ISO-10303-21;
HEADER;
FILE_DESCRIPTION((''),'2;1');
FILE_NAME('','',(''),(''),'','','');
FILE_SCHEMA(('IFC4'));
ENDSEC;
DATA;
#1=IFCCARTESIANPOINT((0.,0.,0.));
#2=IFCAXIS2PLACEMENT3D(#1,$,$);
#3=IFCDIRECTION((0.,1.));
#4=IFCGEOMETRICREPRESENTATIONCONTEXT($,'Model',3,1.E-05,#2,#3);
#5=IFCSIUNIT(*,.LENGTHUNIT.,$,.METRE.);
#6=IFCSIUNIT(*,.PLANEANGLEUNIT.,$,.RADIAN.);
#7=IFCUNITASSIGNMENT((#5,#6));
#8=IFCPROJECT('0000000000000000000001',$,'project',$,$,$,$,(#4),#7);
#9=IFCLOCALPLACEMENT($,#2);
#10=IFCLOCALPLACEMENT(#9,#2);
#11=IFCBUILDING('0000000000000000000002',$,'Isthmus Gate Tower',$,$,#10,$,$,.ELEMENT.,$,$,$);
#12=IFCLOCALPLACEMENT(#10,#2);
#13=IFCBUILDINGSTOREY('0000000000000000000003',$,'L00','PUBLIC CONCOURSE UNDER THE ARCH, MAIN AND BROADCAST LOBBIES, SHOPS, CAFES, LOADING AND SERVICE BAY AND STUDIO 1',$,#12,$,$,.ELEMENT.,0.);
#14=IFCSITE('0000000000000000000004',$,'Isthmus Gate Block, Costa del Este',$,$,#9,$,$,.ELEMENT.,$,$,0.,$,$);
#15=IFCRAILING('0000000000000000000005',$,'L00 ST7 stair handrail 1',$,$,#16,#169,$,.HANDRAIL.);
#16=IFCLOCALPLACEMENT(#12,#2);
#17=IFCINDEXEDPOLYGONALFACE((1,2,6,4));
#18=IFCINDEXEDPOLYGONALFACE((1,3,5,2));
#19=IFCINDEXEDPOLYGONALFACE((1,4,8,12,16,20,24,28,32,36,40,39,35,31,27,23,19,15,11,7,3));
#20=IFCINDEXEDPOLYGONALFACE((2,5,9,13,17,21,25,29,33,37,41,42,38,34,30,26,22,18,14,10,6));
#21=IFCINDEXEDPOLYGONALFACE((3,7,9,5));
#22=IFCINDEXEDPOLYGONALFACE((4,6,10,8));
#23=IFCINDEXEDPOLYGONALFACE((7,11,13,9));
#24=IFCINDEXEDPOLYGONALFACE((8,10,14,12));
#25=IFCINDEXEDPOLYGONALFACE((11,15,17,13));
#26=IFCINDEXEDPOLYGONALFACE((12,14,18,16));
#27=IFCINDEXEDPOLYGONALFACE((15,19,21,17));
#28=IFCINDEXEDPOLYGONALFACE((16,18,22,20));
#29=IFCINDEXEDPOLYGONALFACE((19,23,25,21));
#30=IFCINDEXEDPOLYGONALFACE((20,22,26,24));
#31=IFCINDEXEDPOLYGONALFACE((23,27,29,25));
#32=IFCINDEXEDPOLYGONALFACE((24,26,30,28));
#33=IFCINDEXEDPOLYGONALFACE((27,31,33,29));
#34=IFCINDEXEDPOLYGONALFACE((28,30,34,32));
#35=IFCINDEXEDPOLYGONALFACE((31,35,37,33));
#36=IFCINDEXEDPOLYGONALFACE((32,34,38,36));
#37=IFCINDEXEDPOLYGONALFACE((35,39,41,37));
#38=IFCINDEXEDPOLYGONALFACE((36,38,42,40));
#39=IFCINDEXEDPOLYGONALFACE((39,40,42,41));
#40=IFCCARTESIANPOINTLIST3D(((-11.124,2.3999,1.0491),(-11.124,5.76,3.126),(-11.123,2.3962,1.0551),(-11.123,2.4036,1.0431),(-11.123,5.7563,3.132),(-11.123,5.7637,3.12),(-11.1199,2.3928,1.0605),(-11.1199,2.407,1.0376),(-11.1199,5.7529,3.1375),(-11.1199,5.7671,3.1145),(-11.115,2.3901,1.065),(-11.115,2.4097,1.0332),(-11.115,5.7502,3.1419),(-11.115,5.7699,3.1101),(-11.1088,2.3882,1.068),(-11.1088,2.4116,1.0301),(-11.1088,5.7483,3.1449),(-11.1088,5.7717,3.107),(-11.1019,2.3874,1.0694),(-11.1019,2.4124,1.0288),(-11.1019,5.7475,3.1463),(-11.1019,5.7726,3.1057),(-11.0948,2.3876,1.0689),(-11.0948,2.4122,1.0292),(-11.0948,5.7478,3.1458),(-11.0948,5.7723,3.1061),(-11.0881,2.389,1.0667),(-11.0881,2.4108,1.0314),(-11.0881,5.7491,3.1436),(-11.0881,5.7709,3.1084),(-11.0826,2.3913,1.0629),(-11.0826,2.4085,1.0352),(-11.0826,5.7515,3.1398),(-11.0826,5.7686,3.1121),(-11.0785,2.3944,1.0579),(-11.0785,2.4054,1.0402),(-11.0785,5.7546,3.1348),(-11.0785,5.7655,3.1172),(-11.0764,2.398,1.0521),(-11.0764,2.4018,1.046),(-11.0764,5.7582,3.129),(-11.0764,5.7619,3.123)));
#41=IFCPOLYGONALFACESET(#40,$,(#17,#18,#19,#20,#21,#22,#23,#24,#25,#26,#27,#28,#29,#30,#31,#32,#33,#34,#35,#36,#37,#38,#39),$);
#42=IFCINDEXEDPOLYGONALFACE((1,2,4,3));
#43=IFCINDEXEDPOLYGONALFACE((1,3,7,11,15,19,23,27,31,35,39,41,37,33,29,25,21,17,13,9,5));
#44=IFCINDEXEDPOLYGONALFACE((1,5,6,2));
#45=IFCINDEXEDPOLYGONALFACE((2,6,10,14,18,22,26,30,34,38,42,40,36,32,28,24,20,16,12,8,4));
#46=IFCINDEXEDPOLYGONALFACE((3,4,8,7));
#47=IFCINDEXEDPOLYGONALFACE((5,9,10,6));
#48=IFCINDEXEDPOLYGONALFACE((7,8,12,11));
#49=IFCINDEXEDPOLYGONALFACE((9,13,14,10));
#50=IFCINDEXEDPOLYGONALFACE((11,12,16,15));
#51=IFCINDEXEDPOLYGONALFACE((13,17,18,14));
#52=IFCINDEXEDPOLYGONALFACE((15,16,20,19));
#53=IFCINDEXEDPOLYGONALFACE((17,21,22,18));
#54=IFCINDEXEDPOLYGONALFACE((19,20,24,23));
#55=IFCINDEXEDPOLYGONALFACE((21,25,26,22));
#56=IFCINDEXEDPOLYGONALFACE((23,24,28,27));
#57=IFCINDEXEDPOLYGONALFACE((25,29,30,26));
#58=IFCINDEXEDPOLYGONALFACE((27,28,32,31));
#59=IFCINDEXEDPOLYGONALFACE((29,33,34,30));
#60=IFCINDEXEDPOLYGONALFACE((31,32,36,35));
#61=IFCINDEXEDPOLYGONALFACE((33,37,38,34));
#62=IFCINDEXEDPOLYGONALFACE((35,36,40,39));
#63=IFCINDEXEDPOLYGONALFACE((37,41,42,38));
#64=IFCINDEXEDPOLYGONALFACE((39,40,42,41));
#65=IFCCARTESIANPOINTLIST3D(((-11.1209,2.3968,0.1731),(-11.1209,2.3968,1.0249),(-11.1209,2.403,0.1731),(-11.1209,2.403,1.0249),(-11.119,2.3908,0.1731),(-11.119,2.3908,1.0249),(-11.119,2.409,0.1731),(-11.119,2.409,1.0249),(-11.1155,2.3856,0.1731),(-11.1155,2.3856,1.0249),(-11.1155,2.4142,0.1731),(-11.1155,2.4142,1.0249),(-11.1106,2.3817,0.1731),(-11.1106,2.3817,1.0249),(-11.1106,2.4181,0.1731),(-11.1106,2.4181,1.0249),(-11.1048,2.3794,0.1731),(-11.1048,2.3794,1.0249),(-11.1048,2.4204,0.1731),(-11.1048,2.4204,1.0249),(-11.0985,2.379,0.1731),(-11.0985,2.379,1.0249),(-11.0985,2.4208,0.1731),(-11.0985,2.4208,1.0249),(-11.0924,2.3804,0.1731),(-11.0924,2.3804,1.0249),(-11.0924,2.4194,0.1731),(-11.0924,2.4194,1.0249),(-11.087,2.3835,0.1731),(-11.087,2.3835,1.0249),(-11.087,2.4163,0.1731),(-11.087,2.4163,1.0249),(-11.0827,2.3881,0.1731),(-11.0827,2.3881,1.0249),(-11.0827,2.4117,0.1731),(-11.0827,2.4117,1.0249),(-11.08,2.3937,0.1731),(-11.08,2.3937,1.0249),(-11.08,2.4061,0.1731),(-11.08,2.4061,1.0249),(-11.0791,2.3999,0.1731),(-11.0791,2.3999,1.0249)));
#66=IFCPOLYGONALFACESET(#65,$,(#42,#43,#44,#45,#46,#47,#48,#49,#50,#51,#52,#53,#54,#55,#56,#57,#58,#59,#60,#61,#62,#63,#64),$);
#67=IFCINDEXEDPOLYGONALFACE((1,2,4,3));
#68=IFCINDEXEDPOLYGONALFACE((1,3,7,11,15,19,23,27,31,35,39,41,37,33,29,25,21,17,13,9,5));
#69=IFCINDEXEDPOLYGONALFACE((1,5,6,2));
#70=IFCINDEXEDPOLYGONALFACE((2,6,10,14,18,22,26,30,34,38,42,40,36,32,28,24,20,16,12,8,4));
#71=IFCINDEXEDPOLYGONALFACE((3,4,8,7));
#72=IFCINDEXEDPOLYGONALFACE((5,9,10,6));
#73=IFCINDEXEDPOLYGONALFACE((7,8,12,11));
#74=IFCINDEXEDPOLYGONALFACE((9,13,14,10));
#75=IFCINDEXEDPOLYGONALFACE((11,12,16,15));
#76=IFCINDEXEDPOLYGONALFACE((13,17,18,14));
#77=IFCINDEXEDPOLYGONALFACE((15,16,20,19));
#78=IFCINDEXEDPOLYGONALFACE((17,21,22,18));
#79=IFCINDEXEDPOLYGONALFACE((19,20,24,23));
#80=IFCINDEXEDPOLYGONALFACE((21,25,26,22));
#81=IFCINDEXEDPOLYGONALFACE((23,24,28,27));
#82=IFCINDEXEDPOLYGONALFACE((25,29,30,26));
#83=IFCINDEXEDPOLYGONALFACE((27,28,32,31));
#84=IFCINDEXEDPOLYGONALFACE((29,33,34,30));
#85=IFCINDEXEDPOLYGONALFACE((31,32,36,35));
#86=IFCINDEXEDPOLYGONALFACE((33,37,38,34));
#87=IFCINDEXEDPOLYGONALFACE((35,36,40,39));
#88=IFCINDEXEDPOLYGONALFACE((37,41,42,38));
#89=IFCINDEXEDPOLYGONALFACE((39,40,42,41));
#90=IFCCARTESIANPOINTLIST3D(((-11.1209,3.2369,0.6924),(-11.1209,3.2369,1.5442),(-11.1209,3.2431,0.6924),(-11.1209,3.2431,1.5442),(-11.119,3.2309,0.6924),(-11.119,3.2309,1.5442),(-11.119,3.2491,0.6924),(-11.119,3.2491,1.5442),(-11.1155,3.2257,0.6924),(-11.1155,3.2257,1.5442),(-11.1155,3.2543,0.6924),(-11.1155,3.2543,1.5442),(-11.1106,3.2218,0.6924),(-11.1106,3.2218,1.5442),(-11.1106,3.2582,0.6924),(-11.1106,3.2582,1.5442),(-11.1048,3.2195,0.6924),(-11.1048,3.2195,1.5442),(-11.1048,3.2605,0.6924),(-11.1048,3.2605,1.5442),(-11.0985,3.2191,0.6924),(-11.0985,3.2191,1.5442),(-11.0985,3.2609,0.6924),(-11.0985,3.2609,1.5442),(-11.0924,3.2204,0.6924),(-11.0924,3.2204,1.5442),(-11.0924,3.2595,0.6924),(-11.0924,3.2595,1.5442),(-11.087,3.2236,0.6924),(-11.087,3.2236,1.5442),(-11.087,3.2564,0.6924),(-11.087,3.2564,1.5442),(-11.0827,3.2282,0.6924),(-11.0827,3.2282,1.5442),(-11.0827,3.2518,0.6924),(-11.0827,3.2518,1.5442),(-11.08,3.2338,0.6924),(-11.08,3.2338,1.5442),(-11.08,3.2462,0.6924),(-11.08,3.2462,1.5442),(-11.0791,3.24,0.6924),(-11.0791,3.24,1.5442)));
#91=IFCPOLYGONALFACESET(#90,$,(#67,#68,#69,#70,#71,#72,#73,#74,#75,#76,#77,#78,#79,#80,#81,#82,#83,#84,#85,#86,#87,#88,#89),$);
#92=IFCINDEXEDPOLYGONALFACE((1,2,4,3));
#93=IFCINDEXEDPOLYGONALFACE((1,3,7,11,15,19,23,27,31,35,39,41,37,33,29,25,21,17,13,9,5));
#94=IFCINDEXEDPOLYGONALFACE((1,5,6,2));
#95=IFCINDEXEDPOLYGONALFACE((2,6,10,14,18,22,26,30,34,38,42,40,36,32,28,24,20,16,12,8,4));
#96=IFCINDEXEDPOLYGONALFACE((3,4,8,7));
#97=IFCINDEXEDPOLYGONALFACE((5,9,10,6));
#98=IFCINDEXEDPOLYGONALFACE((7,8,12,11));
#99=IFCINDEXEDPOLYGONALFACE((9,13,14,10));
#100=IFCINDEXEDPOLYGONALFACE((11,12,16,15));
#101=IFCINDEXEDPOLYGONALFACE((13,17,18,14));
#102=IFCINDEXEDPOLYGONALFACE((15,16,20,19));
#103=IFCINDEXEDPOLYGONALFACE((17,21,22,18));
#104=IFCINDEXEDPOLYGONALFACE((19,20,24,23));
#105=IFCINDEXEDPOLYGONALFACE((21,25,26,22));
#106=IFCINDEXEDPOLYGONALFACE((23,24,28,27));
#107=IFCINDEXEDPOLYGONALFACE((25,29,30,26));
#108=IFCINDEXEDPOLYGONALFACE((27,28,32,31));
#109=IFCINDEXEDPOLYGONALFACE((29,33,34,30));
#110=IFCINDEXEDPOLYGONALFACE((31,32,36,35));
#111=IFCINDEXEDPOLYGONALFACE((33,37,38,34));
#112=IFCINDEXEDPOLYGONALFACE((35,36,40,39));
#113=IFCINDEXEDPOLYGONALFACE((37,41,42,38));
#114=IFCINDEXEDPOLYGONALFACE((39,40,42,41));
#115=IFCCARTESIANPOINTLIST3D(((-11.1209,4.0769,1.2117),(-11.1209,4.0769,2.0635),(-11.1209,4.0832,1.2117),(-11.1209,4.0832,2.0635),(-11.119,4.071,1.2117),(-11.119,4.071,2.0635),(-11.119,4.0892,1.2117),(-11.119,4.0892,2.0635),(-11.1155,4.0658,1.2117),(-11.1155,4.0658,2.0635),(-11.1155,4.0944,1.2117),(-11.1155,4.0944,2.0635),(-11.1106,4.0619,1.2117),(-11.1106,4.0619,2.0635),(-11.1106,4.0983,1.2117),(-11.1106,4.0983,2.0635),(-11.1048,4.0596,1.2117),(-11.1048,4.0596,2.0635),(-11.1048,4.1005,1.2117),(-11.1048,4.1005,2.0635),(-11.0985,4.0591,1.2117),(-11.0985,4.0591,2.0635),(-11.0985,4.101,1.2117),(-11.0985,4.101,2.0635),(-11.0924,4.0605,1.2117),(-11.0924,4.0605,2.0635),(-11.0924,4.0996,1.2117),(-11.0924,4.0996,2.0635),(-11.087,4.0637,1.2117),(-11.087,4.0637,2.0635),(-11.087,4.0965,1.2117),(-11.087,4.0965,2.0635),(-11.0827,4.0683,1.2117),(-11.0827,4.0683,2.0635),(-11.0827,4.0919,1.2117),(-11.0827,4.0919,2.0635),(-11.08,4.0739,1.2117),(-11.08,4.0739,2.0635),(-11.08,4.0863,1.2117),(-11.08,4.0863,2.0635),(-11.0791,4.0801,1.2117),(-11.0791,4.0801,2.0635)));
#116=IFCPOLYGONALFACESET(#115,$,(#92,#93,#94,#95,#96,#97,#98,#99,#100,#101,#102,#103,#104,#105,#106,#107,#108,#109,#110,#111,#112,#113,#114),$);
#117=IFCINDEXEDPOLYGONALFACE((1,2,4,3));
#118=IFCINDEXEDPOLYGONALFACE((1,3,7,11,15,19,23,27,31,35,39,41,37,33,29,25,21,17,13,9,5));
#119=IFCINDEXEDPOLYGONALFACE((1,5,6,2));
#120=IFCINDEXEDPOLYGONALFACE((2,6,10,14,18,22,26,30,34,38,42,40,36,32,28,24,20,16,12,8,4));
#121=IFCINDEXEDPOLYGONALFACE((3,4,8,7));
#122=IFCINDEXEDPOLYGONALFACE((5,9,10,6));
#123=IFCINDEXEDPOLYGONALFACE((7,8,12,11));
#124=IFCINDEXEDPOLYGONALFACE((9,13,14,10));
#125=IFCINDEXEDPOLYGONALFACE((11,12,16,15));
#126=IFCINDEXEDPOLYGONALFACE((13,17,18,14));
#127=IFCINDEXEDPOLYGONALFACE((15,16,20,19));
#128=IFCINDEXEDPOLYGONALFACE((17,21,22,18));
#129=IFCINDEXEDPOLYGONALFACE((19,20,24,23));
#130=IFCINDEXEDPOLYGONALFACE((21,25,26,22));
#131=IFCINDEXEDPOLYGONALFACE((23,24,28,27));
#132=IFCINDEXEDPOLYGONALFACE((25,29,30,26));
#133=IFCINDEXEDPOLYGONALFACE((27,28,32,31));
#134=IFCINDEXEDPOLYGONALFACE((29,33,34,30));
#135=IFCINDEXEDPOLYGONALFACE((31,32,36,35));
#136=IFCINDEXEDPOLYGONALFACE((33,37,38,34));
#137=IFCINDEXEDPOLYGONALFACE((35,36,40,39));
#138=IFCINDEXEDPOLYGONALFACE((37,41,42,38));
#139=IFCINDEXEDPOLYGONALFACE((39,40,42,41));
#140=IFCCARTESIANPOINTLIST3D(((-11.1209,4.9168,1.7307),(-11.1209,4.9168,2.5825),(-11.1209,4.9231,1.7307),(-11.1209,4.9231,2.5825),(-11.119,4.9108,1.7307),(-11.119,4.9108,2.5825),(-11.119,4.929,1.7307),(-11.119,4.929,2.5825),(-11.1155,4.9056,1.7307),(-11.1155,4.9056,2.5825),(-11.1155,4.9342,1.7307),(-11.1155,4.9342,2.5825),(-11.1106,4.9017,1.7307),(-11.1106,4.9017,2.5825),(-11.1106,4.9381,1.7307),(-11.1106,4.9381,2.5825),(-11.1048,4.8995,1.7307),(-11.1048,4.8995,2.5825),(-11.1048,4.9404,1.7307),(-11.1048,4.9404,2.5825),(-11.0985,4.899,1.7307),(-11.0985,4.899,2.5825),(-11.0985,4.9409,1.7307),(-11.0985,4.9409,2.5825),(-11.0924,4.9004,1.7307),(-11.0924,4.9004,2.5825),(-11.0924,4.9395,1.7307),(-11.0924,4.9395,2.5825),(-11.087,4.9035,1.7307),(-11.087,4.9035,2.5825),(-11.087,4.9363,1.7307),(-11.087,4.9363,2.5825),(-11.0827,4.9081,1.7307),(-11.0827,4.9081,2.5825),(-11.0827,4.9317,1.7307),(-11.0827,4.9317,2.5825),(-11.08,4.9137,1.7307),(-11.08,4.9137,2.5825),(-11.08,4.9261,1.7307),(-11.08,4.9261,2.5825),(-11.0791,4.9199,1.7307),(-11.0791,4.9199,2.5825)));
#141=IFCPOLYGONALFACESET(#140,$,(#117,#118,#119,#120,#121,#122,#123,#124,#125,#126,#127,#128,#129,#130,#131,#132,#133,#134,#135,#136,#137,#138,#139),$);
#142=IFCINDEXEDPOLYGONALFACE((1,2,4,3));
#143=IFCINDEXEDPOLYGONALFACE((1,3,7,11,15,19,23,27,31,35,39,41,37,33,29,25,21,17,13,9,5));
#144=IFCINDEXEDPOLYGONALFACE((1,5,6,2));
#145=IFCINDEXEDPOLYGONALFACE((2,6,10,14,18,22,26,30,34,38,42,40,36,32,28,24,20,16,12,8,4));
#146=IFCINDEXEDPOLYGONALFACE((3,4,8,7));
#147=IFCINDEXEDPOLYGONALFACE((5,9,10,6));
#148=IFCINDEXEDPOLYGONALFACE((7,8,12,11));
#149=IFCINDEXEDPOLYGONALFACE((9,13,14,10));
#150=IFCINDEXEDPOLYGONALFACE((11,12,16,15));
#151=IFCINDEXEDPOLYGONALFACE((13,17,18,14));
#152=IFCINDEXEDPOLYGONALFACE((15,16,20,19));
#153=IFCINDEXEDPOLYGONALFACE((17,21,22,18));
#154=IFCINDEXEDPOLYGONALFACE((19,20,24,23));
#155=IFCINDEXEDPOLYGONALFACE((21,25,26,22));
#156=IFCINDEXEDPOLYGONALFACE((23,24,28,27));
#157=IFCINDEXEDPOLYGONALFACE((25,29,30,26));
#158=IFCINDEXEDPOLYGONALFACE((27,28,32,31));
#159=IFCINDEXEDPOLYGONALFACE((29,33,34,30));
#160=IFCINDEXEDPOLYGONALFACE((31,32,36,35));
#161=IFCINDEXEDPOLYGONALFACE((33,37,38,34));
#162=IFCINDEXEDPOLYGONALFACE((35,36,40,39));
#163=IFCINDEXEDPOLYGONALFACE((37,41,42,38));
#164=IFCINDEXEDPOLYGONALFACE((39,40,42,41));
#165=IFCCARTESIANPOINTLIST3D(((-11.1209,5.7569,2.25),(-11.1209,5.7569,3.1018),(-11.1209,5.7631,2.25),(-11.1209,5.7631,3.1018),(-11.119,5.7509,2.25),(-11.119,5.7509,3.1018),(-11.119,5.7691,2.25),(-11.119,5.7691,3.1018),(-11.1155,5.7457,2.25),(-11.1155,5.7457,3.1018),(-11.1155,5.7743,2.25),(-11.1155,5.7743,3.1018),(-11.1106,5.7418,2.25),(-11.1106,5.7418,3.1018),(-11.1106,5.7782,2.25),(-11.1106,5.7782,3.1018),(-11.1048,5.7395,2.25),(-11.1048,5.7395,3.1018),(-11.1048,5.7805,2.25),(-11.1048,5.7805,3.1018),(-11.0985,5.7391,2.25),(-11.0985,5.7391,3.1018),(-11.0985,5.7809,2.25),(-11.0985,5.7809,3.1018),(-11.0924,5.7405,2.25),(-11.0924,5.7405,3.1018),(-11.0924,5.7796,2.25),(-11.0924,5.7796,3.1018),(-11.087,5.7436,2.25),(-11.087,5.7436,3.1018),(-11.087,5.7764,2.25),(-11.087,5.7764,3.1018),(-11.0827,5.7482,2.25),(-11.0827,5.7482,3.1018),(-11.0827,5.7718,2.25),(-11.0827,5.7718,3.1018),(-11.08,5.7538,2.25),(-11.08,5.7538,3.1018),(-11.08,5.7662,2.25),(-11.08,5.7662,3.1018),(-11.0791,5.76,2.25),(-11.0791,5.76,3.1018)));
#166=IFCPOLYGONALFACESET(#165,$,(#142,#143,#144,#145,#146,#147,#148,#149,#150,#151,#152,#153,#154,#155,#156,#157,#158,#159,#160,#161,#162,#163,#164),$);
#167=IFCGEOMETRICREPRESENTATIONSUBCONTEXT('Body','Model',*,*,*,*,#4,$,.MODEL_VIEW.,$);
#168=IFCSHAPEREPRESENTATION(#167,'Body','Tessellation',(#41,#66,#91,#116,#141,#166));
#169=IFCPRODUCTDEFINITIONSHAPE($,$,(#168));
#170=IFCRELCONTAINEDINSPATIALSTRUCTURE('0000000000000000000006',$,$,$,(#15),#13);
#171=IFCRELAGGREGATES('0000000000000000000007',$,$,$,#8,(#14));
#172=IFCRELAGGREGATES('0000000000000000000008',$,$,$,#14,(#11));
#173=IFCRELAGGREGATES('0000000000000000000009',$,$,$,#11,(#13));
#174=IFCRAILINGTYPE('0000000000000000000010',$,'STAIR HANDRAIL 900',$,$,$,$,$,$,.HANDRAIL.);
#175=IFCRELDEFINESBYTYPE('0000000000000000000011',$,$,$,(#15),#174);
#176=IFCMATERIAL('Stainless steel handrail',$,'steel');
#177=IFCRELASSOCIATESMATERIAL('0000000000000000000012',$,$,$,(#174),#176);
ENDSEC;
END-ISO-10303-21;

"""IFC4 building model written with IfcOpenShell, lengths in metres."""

from ifc_helpers import new_model, si_unit, direction, frame, origin, origin_2d, place, context, subcontext, project, spatial, circle, extrude, material, type_object, element, save


model = new_model("IFC4")

# Units and contexts
model_context = context("Model", 3, precision=1e-05, world=origin(), true_north=direction((0.0, 1.0)))
body_context = subcontext(model_context, "Body", "Model", "MODEL_VIEW")
ifc_project = project(units=[si_unit("LENGTHUNIT", "METRE"), si_unit("PLANEANGLEUNIT", "RADIAN")], contexts=[model_context])

# Site, building, storey
site_placement = place(None, origin())
site = spatial("IfcSite", under=ifc_project, at=site_placement, Name="Isthmus Gate Block, Costa del Este", CompositionType="ELEMENT", RefElevation=0.0)
building_placement = place(site_placement, origin())
building = spatial("IfcBuilding", under=site, at=building_placement, Name="Isthmus Gate Tower", CompositionType="ELEMENT")
storey_placement = place(building_placement, origin())
storey = spatial("IfcBuildingStorey", under=building, at=storey_placement, Name="L00", Description="PUBLIC CONCOURSE UNDER THE ARCH, MAIN AND BROADCAST LOBBIES, SHOPS, CAFES, LOADING AND SERVICE BAY AND STUDIO 1", CompositionType="ELEMENT", Elevation=0.0)

# Railing
ifc_material_1 = material(Name="Stainless steel handrail", Category="steel")
railing_type_1 = type_object("IfcRailingType", Name="STAIR HANDRAIL 900", PredefinedType="HANDRAIL", material=ifc_material_1)
railing_1_placement = place(storey_placement, frame((-11.1001, 2.3999, 0.1731)))
element("IfcRailing", 1, at=railing_1_placement, inside=storey, type_object=railing_type_1, Name="L00 ST7 stair handrail 1", PredefinedType="HANDRAIL", context=body_context, shape_type="SweptSolid", body=[
    extrude(circle(Radius=0.0239, at=origin_2d()), frame((0.0, 0.0, 0.876), z_axis=(0.0, 0.850623, 0.525776), x_axis=(-1.0, 0.0, 0.0)), (0.0, 0.0, 1.0), 3.9502),
    extrude(circle(Radius=0.021, at=origin_2d()), origin(), (0.0, 0.0, 1.0), 0.8518),
    extrude(circle(Radius=0.021, at=origin_2d()), frame((0.0, 0.8401, 0.5193)), (0.0, 0.0, 1.0), 0.8518),
    extrude(circle(Radius=0.021, at=origin_2d()), frame((0.0, 1.6802, 1.0386)), (0.0, 0.0, 1.0), 0.8518),
    extrude(circle(Radius=0.021, at=origin_2d()), frame((0.0, 2.52, 1.5576)), (0.0, 0.0, 1.0), 0.8518),
    extrude(circle(Radius=0.021, at=origin_2d()), frame((0.0, 3.3601, 2.0769)), (0.0, 0.0, 1.0), 0.8518),
])

save(model, "model.ifc")
